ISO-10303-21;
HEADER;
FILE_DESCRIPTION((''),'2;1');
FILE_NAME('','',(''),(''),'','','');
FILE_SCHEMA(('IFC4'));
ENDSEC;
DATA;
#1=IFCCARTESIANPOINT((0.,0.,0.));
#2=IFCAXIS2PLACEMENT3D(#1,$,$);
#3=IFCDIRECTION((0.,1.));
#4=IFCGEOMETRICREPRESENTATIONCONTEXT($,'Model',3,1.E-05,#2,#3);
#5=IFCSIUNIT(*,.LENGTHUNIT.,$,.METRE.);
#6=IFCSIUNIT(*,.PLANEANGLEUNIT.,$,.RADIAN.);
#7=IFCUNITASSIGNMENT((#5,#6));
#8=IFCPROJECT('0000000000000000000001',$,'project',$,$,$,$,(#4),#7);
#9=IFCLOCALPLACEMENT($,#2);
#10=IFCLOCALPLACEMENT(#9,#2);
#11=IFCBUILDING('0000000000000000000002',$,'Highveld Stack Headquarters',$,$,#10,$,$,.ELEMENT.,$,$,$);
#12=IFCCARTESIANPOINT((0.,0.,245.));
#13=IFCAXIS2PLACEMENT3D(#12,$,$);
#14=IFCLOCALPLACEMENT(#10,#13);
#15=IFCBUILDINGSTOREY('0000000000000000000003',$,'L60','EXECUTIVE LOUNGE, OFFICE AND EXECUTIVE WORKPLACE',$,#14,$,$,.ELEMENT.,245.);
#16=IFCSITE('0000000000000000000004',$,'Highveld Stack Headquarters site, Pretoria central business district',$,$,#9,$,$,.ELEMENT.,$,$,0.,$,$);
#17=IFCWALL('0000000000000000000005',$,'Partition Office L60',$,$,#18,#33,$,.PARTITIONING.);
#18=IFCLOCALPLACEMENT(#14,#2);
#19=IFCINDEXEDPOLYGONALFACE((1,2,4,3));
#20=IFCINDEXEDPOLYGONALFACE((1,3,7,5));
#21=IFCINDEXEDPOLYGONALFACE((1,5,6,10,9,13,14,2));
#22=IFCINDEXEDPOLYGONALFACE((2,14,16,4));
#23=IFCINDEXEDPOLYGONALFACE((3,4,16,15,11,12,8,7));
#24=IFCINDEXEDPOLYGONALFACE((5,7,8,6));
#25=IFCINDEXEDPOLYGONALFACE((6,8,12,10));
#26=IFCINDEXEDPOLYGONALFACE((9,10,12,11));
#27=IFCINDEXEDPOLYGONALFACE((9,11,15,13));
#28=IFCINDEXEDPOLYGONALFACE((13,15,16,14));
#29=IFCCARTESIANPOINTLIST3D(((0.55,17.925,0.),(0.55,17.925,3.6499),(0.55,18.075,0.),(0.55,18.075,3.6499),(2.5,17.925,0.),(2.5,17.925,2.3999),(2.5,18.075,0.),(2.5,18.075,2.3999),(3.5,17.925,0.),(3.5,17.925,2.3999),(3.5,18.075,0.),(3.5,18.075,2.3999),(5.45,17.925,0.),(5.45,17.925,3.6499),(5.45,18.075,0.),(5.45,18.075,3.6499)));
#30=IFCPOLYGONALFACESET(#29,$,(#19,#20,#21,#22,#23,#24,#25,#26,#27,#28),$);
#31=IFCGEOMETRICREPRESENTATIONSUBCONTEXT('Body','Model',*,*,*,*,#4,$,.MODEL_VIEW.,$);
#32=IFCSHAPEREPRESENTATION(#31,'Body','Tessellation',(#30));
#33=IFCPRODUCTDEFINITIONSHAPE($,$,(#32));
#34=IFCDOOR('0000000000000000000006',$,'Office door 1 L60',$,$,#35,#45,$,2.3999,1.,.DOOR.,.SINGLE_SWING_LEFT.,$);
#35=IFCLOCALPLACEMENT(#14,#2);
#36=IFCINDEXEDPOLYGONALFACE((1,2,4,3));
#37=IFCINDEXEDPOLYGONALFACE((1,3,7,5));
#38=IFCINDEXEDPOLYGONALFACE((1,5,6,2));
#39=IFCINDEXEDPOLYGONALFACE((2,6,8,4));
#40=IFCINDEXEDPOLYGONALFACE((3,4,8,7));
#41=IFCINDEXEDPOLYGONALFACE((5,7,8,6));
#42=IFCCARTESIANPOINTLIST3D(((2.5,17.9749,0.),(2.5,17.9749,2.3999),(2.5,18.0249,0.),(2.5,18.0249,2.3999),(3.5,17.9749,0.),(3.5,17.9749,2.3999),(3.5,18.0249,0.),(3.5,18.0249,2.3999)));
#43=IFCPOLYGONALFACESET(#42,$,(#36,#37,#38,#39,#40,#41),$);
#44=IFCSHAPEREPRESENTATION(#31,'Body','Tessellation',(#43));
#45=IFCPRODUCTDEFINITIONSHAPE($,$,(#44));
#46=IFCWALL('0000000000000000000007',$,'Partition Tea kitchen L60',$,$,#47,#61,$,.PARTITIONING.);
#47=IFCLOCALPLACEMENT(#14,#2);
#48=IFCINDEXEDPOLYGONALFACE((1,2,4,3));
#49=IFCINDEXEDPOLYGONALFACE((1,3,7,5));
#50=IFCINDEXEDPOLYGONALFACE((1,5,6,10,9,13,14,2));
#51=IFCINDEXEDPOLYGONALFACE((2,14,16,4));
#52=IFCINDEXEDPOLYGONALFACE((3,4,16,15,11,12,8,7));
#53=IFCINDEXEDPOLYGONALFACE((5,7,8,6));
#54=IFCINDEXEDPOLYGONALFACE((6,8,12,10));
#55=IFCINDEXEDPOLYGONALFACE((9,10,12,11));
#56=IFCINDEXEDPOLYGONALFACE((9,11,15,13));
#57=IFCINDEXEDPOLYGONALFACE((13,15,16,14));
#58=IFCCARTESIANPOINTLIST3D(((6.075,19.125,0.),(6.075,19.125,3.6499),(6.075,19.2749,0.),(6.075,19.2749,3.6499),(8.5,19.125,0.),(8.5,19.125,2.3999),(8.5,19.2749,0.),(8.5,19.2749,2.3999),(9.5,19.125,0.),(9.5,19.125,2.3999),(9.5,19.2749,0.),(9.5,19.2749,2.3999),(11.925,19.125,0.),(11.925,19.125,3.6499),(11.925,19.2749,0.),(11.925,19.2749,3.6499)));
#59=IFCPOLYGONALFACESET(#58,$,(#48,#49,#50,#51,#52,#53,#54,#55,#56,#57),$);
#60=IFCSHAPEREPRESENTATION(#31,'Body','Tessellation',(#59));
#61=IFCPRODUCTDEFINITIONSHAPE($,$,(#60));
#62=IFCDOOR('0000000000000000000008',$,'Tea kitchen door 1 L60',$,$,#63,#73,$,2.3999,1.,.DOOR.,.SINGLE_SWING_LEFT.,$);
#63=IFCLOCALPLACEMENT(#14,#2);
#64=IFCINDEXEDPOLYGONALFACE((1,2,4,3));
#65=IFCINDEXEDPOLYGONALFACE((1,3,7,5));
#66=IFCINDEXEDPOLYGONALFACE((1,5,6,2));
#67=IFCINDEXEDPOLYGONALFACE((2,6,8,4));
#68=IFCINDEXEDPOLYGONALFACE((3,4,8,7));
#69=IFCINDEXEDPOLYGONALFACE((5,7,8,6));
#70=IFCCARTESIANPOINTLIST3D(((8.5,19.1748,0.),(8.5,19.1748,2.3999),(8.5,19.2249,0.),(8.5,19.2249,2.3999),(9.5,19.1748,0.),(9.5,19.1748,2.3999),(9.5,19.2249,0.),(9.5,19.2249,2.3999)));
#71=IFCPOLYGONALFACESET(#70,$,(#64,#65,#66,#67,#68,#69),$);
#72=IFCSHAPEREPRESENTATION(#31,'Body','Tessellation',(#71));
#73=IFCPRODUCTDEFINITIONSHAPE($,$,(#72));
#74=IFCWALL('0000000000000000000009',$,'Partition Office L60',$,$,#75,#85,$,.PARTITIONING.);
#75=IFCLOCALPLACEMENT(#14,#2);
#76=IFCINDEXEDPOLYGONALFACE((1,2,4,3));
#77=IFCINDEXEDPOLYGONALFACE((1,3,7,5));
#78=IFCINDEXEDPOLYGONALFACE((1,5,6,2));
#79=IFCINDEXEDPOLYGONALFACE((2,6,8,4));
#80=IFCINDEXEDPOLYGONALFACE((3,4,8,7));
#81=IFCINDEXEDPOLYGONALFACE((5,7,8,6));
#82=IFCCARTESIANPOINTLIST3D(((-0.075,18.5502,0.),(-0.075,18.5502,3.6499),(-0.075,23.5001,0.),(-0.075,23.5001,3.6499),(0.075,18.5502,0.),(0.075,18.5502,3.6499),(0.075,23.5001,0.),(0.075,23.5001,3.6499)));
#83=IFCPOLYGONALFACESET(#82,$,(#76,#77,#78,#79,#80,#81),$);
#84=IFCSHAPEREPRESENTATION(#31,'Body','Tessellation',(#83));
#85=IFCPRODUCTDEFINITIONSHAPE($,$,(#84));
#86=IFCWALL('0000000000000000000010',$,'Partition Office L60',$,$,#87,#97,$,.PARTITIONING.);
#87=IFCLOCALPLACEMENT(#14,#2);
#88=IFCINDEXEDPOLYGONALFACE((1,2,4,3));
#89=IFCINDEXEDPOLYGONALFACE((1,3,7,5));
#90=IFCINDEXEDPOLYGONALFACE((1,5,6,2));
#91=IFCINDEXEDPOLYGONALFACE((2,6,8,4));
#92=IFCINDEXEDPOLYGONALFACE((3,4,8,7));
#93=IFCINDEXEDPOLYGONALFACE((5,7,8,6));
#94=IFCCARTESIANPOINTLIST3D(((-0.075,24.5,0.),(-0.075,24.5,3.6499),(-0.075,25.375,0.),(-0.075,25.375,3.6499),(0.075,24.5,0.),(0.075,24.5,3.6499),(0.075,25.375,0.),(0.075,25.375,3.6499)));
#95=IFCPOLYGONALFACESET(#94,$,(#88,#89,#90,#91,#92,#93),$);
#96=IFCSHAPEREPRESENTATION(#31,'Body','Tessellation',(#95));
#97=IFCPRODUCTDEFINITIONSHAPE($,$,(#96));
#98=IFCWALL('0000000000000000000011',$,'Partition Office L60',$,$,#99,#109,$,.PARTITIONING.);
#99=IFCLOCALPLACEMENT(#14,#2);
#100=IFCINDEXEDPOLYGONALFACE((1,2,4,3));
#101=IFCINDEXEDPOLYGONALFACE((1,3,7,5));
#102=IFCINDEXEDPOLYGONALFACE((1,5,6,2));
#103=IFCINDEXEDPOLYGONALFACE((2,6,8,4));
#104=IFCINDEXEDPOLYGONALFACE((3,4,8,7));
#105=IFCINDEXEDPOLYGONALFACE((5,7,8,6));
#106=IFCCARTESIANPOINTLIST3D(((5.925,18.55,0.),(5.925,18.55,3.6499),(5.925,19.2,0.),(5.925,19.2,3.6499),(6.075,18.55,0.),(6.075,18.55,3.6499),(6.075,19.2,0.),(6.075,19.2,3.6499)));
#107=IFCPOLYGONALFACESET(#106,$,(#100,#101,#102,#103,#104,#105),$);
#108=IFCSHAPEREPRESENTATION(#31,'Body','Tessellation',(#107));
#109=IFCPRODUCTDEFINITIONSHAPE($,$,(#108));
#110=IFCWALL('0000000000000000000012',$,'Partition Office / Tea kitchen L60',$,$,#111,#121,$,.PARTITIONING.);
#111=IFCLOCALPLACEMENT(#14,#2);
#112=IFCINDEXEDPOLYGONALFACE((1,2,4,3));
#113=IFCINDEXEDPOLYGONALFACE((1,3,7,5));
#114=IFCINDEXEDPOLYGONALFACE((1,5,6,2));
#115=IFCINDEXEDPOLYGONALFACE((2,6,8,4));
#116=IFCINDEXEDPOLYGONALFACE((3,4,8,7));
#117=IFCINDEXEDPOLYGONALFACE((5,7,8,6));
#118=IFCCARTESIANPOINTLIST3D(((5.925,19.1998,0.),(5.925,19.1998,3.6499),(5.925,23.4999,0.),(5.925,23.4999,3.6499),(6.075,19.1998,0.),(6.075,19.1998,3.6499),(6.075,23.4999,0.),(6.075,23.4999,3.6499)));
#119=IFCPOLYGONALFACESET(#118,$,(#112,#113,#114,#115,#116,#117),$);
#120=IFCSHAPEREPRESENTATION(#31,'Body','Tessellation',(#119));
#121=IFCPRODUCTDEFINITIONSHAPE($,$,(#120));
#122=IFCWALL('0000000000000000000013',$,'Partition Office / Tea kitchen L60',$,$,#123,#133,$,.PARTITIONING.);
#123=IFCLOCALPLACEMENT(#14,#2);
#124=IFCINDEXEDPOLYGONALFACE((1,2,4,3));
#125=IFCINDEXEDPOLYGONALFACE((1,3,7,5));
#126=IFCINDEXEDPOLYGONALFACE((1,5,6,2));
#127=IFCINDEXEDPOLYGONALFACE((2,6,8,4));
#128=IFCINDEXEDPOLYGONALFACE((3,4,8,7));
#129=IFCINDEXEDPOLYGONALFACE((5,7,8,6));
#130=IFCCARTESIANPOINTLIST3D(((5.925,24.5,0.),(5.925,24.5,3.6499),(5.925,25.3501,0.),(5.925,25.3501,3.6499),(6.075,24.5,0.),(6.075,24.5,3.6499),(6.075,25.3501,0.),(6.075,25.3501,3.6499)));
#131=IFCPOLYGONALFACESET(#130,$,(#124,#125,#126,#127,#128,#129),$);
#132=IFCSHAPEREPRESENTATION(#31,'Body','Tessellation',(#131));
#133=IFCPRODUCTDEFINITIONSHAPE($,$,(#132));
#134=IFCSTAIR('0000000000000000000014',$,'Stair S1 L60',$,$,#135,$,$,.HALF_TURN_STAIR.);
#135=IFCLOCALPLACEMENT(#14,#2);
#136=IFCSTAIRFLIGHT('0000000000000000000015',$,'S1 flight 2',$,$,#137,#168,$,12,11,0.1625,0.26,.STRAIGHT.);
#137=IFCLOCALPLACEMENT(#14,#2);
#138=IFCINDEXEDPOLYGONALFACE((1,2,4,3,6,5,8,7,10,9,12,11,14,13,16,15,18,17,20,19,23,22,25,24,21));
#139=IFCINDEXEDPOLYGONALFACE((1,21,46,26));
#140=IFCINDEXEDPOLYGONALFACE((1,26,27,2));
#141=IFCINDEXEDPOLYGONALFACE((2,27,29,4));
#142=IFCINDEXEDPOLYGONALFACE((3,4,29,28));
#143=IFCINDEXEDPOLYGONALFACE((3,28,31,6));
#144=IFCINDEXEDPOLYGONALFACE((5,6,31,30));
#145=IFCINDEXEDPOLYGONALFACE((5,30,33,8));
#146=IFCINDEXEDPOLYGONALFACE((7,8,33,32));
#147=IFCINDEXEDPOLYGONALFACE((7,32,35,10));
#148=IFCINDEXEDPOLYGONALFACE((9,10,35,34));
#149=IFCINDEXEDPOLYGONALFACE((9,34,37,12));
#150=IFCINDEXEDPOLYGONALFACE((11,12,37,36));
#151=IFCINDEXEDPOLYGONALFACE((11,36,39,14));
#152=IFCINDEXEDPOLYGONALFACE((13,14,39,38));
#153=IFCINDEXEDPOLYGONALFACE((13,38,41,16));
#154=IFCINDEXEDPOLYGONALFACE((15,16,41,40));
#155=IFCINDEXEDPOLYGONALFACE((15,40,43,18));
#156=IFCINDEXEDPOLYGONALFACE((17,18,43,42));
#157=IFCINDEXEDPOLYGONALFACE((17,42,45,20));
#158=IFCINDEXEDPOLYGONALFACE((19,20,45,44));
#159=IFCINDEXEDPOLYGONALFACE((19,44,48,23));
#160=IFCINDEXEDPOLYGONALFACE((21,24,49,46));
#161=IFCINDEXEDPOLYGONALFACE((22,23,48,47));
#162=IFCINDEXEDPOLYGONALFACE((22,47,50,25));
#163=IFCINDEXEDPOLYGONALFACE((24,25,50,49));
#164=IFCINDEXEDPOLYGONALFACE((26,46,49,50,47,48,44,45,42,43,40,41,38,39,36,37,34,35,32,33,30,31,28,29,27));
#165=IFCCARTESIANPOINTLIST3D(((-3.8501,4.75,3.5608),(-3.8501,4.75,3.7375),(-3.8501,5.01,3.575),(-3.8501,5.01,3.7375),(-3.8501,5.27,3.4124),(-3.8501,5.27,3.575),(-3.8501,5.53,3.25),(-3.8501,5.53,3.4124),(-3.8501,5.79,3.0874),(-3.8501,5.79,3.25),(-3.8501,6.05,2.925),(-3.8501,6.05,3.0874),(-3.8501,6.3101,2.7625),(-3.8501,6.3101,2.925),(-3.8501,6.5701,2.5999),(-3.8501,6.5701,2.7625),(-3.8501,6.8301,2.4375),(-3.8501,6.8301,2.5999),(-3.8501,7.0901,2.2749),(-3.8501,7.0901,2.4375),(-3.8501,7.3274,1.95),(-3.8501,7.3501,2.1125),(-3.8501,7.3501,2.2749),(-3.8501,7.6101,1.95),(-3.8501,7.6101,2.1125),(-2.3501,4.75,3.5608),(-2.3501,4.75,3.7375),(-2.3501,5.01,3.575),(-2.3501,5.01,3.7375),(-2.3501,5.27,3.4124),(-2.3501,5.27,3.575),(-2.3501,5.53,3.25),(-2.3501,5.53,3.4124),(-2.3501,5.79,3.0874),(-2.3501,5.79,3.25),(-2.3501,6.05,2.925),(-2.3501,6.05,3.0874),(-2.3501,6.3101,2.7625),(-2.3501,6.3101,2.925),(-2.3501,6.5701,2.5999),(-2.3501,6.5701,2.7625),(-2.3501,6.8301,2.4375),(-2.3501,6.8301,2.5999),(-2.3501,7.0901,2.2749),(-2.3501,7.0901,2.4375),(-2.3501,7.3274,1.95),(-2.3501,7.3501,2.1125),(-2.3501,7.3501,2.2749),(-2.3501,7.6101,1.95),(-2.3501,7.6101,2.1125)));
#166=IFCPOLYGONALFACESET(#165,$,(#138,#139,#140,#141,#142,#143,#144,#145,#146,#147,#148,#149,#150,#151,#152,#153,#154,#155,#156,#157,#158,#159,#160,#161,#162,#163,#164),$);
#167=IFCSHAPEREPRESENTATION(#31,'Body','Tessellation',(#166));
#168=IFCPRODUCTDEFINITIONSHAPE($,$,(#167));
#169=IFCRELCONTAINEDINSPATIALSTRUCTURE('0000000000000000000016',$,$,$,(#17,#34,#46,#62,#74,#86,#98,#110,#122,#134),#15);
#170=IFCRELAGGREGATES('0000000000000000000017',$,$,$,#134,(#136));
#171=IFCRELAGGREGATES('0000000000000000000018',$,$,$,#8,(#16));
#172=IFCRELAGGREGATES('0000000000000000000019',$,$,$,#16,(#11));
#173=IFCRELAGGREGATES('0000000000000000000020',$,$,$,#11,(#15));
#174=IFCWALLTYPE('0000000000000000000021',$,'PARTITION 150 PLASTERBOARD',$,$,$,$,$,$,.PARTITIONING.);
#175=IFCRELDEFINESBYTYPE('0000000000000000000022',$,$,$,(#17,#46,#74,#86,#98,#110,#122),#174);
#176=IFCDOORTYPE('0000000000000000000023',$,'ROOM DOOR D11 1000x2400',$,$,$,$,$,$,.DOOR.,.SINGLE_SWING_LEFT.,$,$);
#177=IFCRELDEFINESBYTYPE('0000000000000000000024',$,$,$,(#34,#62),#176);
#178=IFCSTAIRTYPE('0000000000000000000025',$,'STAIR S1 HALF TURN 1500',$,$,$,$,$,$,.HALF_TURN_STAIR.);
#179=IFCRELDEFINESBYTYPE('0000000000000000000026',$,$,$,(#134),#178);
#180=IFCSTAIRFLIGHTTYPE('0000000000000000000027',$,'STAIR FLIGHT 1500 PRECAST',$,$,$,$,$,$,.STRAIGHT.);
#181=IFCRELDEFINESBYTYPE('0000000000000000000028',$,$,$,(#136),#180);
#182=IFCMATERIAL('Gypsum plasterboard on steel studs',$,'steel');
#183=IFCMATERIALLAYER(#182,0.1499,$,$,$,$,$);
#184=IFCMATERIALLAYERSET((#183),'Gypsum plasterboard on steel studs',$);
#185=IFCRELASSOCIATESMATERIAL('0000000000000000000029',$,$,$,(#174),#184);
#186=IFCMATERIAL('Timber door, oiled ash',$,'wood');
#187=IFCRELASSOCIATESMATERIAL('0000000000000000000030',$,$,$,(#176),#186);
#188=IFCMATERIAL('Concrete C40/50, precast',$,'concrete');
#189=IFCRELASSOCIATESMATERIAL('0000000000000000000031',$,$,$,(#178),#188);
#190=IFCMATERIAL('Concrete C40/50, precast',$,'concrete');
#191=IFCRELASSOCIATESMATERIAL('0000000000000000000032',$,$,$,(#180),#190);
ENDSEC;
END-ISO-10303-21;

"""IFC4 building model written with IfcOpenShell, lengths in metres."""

from ifc_helpers import new_model, si_unit, direction, frame, frame_2d, origin, place, context, subcontext, project, spatial, polyline, rectangle, outline, extrude, material, layer, layer_set, type_object, element, fill, aggregate, save


model = new_model("IFC4")

# Units and contexts
model_context = context("Model", 3, precision=1e-05, world=origin(), true_north=direction((0.0, 1.0)))
body_context = subcontext(model_context, "Body", "Model", "MODEL_VIEW")
ifc_project = project(units=[si_unit("LENGTHUNIT", "METRE"), si_unit("PLANEANGLEUNIT", "RADIAN")], contexts=[model_context])

# Site, building, storey
site_placement = place(None, origin())
site = spatial("IfcSite", under=ifc_project, at=site_placement, Name="Highveld Stack Headquarters site, Pretoria central business district", CompositionType="ELEMENT", RefElevation=0.0)
building_placement = place(site_placement, origin())
building = spatial("IfcBuilding", under=site, at=building_placement, Name="Highveld Stack Headquarters", CompositionType="ELEMENT")
storey_placement = place(building_placement, frame((0.0, 0.0, 245.0)))
storey = spatial("IfcBuildingStorey", under=building, at=storey_placement, Name="L60", Description="EXECUTIVE LOUNGE, OFFICE AND EXECUTIVE WORKPLACE", CompositionType="ELEMENT", Elevation=245.0)

# Walls, openings, doors
ifc_material_1 = material(Name="Gypsum plasterboard on steel studs", Category="steel")
ifc_layer_1 = layer(ifc_material_1, 0.1499)
ifc_layer_set_1 = layer_set([ifc_layer_1], Name="Gypsum plasterboard on steel studs")
wall_type_1 = type_object("IfcWallType", Name="PARTITION 150 PLASTERBOARD", PredefinedType="PARTITIONING", material=ifc_layer_set_1)
ifc_material_2 = material(Name="Timber door, oiled ash", Category="wood")
door_type_1 = type_object("IfcDoorType", Name="ROOM DOOR D11 1000x2400", OperationType="SINGLE_SWING_LEFT", PredefinedType="DOOR", material=ifc_material_2)
wall_1_placement = place(storey_placement, frame((0.55, 18.0, 0.0), z_axis=(0.0, 0.0, 1.0), x_axis=(1.0, 0.0, 0.0)))
wall_1 = element("IfcWall", 1, at=wall_1_placement, inside=storey, type_object=wall_type_1, Name="Partition Office L60", PredefinedType="PARTITIONING", context=body_context, shape_type="SweptSolid", body=[
    extrude(rectangle(XDim=4.8999, YDim=0.1499, at=frame_2d((2.45, 0.0))), origin(), (0.0, 0.0, 1.0), 3.6499),
])
opening_1_placement = place(wall_1_placement, frame((1.95, 0.0, 0.0)))
opening_1 = element("IfcOpeningElement", 2, at=opening_1_placement, cuts=wall_1, PredefinedType="OPENING", context=body_context, shape_type="SweptSolid", body=[
    extrude(rectangle(XDim=1.0, YDim=2.3999, at=frame_2d((0.5, 1.2))), frame((0.0, 0.085, 0.0), z_axis=(0.0, -1.0, 0.0), x_axis=(1.0, 0.0, 0.0)), (0.0, 0.0, 1.0), 0.1699),
])
door_1_placement = place(opening_1_placement, origin())
door_1 = element("IfcDoor", 3, at=door_1_placement, inside=storey, type_object=door_type_1, Name="Office door 1 L60", OperationType="SINGLE_SWING_LEFT", OverallHeight=2.3999, OverallWidth=1.0, PredefinedType="DOOR", context=body_context, shape_type="SweptSolid", body=[
    extrude(rectangle(XDim=1.0, YDim=2.3999, at=frame_2d((0.5, 1.2))), frame((0.0, 0.0249, 0.0), z_axis=(0.0, -1.0, 0.0), x_axis=(1.0, 0.0, 0.0)), (0.0, 0.0, 1.0), 0.05),
])
fill(opening_1, door_1)
wall_2_placement = place(storey_placement, frame((6.075, 19.2, 0.0), z_axis=(0.0, 0.0, 1.0), x_axis=(1.0, 0.0, 0.0)))
wall_2 = element("IfcWall", 4, at=wall_2_placement, inside=storey, type_object=wall_type_1, Name="Partition Tea kitchen L60", PredefinedType="PARTITIONING", context=body_context, shape_type="SweptSolid", body=[
    extrude(rectangle(XDim=5.8501, YDim=0.1499, at=frame_2d((2.925, 0.0))), origin(), (0.0, 0.0, 1.0), 3.6499),
])
opening_2_placement = place(wall_2_placement, frame((2.425, 0.0, 0.0)))
opening_2 = element("IfcOpeningElement", 5, at=opening_2_placement, cuts=wall_2, PredefinedType="OPENING", context=body_context, shape_type="SweptSolid", body=[
    extrude(rectangle(XDim=1.0, YDim=2.3999, at=frame_2d((0.5, 1.2))), frame((0.0, 0.085, 0.0), z_axis=(0.0, -1.0, 0.0), x_axis=(1.0, 0.0, 0.0)), (0.0, 0.0, 1.0), 0.1699),
])
door_2_placement = place(opening_2_placement, origin())
door_2 = element("IfcDoor", 6, at=door_2_placement, inside=storey, type_object=door_type_1, Name="Tea kitchen door 1 L60", OperationType="SINGLE_SWING_LEFT", OverallHeight=2.3999, OverallWidth=1.0, PredefinedType="DOOR", context=body_context, shape_type="SweptSolid", body=[
    extrude(rectangle(XDim=1.0, YDim=2.3999, at=frame_2d((0.5, 1.2))), frame((0.0, 0.0249, 0.0), z_axis=(0.0, -1.0, 0.0), x_axis=(1.0, 0.0, 0.0)), (0.0, 0.0, 1.0), 0.05),
])
fill(opening_2, door_2)

# Walls
wall_3_placement = place(storey_placement, frame((0.0, 18.55, 0.0), z_axis=(0.0, 0.0, 1.0), x_axis=(0.0, 1.0, 0.0)))
element("IfcWall", 7, at=wall_3_placement, inside=storey, type_object=wall_type_1, Name="Partition Office L60", PredefinedType="PARTITIONING", context=body_context, shape_type="SweptSolid", body=[
    extrude(rectangle(XDim=4.95, YDim=0.1499, at=frame_2d((2.4751, 0.0))), origin(), (0.0, 0.0, 1.0), 3.6499),
])
wall_4_placement = place(storey_placement, frame((0.0, 24.5, 0.0), z_axis=(0.0, 0.0, 1.0), x_axis=(0.0, 1.0, 0.0)))
element("IfcWall", 8, at=wall_4_placement, inside=storey, type_object=wall_type_1, Name="Partition Office L60", PredefinedType="PARTITIONING", context=body_context, shape_type="SweptSolid", body=[
    extrude(rectangle(XDim=0.875, YDim=0.1499, at=frame_2d((0.4375, 0.0))), origin(), (0.0, 0.0, 1.0), 3.6499),
])
wall_5_placement = place(storey_placement, frame((6.0, 18.55, 0.0), z_axis=(0.0, 0.0, 1.0), x_axis=(0.0, 1.0, 0.0)))
element("IfcWall", 9, at=wall_5_placement, inside=storey, type_object=wall_type_1, Name="Partition Office L60", PredefinedType="PARTITIONING", context=body_context, shape_type="SweptSolid", body=[
    extrude(rectangle(XDim=0.6499, YDim=0.1499, at=frame_2d((0.325, 0.0))), origin(), (0.0, 0.0, 1.0), 3.6499),
])
wall_6_placement = place(storey_placement, frame((6.0, 19.2, 0.0), z_axis=(0.0, 0.0, 1.0), x_axis=(0.0, 1.0, 0.0)))
element("IfcWall", 10, at=wall_6_placement, inside=storey, type_object=wall_type_1, Name="Partition Office / Tea kitchen L60", PredefinedType="PARTITIONING", context=body_context, shape_type="SweptSolid", body=[
    extrude(rectangle(XDim=4.3, YDim=0.1499, at=frame_2d((2.1499, 0.0))), origin(), (0.0, 0.0, 1.0), 3.6499),
])
wall_7_placement = place(storey_placement, frame((6.0, 24.5, 0.0), z_axis=(0.0, 0.0, 1.0), x_axis=(0.0, 1.0, 0.0)))
element("IfcWall", 11, at=wall_7_placement, inside=storey, type_object=wall_type_1, Name="Partition Office / Tea kitchen L60", PredefinedType="PARTITIONING", context=body_context, shape_type="SweptSolid", body=[
    extrude(rectangle(XDim=0.8501, YDim=0.1499, at=frame_2d((0.425, 0.0))), origin(), (0.0, 0.0, 1.0), 3.6499),
])

# Stair, stair flight
ifc_material_3 = material(Name="Concrete C40/50, precast", Category="concrete")
stair_type = type_object("IfcStairType", Name="STAIR S1 HALF TURN 1500", PredefinedType="HALF_TURN_STAIR", material=ifc_material_3)
stair_placement = place(storey_placement, origin())
stair = element("IfcStair", 12, at=stair_placement, inside=storey, type_object=stair_type, Name="Stair S1 L60", PredefinedType="HALF_TURN_STAIR")
ifc_material_4 = material(Name="Concrete C40/50, precast", Category="concrete")
stair_flight_type = type_object("IfcStairFlightType", Name="STAIR FLIGHT 1500 PRECAST", PredefinedType="STRAIGHT", material=ifc_material_4)
stair_flight_placement = place(storey_placement, frame((-3.1001, 7.6101, 1.95), z_axis=(0.0, 0.0, 1.0), x_axis=(0.0, -1.0, 0.0)))
stair_flight = element("IfcStairFlight", 13, at=stair_flight_placement, type_object=stair_flight_type, Name="S1 flight 2", NumberOfRisers=12, NumberOfTreads=11, PredefinedType="STRAIGHT", RiserHeight=0.1625, TreadLength=0.26, context=body_context, shape_type="SweptSolid", body=[
    extrude(outline(polyline([(0.0, 0.0), (0.0, 0.1626), (0.26, 0.1626), (0.26, 0.325), (0.52, 0.325), (0.52, 0.4875), (0.78, 0.4875), (0.78, 0.6499), (1.04, 0.6499), (1.04, 0.8125), (1.3, 0.8125), (1.3, 0.9751), (1.5601, 0.9751), (1.5601, 1.1375), (1.8201, 1.1375), (1.8201, 1.3), (2.0801, 1.3), (2.0801, 1.4624), (2.3401, 1.4624), (2.3401, 1.625), (2.6001, 1.625), (2.6001, 1.7876), (2.8601, 1.7876), (2.8601, 1.95), (2.8601, 1.6108), (0.2827, 0.0), (0.0, 0.0)])), frame((0.0, 0.75, 0.0), z_axis=(0.0, -1.0, 0.0), x_axis=(1.0, 0.0, 0.0)), (0.0, 0.0, 1.0), 1.5),
])
aggregate(stair, [stair_flight])

save(model, "model.ifc")
